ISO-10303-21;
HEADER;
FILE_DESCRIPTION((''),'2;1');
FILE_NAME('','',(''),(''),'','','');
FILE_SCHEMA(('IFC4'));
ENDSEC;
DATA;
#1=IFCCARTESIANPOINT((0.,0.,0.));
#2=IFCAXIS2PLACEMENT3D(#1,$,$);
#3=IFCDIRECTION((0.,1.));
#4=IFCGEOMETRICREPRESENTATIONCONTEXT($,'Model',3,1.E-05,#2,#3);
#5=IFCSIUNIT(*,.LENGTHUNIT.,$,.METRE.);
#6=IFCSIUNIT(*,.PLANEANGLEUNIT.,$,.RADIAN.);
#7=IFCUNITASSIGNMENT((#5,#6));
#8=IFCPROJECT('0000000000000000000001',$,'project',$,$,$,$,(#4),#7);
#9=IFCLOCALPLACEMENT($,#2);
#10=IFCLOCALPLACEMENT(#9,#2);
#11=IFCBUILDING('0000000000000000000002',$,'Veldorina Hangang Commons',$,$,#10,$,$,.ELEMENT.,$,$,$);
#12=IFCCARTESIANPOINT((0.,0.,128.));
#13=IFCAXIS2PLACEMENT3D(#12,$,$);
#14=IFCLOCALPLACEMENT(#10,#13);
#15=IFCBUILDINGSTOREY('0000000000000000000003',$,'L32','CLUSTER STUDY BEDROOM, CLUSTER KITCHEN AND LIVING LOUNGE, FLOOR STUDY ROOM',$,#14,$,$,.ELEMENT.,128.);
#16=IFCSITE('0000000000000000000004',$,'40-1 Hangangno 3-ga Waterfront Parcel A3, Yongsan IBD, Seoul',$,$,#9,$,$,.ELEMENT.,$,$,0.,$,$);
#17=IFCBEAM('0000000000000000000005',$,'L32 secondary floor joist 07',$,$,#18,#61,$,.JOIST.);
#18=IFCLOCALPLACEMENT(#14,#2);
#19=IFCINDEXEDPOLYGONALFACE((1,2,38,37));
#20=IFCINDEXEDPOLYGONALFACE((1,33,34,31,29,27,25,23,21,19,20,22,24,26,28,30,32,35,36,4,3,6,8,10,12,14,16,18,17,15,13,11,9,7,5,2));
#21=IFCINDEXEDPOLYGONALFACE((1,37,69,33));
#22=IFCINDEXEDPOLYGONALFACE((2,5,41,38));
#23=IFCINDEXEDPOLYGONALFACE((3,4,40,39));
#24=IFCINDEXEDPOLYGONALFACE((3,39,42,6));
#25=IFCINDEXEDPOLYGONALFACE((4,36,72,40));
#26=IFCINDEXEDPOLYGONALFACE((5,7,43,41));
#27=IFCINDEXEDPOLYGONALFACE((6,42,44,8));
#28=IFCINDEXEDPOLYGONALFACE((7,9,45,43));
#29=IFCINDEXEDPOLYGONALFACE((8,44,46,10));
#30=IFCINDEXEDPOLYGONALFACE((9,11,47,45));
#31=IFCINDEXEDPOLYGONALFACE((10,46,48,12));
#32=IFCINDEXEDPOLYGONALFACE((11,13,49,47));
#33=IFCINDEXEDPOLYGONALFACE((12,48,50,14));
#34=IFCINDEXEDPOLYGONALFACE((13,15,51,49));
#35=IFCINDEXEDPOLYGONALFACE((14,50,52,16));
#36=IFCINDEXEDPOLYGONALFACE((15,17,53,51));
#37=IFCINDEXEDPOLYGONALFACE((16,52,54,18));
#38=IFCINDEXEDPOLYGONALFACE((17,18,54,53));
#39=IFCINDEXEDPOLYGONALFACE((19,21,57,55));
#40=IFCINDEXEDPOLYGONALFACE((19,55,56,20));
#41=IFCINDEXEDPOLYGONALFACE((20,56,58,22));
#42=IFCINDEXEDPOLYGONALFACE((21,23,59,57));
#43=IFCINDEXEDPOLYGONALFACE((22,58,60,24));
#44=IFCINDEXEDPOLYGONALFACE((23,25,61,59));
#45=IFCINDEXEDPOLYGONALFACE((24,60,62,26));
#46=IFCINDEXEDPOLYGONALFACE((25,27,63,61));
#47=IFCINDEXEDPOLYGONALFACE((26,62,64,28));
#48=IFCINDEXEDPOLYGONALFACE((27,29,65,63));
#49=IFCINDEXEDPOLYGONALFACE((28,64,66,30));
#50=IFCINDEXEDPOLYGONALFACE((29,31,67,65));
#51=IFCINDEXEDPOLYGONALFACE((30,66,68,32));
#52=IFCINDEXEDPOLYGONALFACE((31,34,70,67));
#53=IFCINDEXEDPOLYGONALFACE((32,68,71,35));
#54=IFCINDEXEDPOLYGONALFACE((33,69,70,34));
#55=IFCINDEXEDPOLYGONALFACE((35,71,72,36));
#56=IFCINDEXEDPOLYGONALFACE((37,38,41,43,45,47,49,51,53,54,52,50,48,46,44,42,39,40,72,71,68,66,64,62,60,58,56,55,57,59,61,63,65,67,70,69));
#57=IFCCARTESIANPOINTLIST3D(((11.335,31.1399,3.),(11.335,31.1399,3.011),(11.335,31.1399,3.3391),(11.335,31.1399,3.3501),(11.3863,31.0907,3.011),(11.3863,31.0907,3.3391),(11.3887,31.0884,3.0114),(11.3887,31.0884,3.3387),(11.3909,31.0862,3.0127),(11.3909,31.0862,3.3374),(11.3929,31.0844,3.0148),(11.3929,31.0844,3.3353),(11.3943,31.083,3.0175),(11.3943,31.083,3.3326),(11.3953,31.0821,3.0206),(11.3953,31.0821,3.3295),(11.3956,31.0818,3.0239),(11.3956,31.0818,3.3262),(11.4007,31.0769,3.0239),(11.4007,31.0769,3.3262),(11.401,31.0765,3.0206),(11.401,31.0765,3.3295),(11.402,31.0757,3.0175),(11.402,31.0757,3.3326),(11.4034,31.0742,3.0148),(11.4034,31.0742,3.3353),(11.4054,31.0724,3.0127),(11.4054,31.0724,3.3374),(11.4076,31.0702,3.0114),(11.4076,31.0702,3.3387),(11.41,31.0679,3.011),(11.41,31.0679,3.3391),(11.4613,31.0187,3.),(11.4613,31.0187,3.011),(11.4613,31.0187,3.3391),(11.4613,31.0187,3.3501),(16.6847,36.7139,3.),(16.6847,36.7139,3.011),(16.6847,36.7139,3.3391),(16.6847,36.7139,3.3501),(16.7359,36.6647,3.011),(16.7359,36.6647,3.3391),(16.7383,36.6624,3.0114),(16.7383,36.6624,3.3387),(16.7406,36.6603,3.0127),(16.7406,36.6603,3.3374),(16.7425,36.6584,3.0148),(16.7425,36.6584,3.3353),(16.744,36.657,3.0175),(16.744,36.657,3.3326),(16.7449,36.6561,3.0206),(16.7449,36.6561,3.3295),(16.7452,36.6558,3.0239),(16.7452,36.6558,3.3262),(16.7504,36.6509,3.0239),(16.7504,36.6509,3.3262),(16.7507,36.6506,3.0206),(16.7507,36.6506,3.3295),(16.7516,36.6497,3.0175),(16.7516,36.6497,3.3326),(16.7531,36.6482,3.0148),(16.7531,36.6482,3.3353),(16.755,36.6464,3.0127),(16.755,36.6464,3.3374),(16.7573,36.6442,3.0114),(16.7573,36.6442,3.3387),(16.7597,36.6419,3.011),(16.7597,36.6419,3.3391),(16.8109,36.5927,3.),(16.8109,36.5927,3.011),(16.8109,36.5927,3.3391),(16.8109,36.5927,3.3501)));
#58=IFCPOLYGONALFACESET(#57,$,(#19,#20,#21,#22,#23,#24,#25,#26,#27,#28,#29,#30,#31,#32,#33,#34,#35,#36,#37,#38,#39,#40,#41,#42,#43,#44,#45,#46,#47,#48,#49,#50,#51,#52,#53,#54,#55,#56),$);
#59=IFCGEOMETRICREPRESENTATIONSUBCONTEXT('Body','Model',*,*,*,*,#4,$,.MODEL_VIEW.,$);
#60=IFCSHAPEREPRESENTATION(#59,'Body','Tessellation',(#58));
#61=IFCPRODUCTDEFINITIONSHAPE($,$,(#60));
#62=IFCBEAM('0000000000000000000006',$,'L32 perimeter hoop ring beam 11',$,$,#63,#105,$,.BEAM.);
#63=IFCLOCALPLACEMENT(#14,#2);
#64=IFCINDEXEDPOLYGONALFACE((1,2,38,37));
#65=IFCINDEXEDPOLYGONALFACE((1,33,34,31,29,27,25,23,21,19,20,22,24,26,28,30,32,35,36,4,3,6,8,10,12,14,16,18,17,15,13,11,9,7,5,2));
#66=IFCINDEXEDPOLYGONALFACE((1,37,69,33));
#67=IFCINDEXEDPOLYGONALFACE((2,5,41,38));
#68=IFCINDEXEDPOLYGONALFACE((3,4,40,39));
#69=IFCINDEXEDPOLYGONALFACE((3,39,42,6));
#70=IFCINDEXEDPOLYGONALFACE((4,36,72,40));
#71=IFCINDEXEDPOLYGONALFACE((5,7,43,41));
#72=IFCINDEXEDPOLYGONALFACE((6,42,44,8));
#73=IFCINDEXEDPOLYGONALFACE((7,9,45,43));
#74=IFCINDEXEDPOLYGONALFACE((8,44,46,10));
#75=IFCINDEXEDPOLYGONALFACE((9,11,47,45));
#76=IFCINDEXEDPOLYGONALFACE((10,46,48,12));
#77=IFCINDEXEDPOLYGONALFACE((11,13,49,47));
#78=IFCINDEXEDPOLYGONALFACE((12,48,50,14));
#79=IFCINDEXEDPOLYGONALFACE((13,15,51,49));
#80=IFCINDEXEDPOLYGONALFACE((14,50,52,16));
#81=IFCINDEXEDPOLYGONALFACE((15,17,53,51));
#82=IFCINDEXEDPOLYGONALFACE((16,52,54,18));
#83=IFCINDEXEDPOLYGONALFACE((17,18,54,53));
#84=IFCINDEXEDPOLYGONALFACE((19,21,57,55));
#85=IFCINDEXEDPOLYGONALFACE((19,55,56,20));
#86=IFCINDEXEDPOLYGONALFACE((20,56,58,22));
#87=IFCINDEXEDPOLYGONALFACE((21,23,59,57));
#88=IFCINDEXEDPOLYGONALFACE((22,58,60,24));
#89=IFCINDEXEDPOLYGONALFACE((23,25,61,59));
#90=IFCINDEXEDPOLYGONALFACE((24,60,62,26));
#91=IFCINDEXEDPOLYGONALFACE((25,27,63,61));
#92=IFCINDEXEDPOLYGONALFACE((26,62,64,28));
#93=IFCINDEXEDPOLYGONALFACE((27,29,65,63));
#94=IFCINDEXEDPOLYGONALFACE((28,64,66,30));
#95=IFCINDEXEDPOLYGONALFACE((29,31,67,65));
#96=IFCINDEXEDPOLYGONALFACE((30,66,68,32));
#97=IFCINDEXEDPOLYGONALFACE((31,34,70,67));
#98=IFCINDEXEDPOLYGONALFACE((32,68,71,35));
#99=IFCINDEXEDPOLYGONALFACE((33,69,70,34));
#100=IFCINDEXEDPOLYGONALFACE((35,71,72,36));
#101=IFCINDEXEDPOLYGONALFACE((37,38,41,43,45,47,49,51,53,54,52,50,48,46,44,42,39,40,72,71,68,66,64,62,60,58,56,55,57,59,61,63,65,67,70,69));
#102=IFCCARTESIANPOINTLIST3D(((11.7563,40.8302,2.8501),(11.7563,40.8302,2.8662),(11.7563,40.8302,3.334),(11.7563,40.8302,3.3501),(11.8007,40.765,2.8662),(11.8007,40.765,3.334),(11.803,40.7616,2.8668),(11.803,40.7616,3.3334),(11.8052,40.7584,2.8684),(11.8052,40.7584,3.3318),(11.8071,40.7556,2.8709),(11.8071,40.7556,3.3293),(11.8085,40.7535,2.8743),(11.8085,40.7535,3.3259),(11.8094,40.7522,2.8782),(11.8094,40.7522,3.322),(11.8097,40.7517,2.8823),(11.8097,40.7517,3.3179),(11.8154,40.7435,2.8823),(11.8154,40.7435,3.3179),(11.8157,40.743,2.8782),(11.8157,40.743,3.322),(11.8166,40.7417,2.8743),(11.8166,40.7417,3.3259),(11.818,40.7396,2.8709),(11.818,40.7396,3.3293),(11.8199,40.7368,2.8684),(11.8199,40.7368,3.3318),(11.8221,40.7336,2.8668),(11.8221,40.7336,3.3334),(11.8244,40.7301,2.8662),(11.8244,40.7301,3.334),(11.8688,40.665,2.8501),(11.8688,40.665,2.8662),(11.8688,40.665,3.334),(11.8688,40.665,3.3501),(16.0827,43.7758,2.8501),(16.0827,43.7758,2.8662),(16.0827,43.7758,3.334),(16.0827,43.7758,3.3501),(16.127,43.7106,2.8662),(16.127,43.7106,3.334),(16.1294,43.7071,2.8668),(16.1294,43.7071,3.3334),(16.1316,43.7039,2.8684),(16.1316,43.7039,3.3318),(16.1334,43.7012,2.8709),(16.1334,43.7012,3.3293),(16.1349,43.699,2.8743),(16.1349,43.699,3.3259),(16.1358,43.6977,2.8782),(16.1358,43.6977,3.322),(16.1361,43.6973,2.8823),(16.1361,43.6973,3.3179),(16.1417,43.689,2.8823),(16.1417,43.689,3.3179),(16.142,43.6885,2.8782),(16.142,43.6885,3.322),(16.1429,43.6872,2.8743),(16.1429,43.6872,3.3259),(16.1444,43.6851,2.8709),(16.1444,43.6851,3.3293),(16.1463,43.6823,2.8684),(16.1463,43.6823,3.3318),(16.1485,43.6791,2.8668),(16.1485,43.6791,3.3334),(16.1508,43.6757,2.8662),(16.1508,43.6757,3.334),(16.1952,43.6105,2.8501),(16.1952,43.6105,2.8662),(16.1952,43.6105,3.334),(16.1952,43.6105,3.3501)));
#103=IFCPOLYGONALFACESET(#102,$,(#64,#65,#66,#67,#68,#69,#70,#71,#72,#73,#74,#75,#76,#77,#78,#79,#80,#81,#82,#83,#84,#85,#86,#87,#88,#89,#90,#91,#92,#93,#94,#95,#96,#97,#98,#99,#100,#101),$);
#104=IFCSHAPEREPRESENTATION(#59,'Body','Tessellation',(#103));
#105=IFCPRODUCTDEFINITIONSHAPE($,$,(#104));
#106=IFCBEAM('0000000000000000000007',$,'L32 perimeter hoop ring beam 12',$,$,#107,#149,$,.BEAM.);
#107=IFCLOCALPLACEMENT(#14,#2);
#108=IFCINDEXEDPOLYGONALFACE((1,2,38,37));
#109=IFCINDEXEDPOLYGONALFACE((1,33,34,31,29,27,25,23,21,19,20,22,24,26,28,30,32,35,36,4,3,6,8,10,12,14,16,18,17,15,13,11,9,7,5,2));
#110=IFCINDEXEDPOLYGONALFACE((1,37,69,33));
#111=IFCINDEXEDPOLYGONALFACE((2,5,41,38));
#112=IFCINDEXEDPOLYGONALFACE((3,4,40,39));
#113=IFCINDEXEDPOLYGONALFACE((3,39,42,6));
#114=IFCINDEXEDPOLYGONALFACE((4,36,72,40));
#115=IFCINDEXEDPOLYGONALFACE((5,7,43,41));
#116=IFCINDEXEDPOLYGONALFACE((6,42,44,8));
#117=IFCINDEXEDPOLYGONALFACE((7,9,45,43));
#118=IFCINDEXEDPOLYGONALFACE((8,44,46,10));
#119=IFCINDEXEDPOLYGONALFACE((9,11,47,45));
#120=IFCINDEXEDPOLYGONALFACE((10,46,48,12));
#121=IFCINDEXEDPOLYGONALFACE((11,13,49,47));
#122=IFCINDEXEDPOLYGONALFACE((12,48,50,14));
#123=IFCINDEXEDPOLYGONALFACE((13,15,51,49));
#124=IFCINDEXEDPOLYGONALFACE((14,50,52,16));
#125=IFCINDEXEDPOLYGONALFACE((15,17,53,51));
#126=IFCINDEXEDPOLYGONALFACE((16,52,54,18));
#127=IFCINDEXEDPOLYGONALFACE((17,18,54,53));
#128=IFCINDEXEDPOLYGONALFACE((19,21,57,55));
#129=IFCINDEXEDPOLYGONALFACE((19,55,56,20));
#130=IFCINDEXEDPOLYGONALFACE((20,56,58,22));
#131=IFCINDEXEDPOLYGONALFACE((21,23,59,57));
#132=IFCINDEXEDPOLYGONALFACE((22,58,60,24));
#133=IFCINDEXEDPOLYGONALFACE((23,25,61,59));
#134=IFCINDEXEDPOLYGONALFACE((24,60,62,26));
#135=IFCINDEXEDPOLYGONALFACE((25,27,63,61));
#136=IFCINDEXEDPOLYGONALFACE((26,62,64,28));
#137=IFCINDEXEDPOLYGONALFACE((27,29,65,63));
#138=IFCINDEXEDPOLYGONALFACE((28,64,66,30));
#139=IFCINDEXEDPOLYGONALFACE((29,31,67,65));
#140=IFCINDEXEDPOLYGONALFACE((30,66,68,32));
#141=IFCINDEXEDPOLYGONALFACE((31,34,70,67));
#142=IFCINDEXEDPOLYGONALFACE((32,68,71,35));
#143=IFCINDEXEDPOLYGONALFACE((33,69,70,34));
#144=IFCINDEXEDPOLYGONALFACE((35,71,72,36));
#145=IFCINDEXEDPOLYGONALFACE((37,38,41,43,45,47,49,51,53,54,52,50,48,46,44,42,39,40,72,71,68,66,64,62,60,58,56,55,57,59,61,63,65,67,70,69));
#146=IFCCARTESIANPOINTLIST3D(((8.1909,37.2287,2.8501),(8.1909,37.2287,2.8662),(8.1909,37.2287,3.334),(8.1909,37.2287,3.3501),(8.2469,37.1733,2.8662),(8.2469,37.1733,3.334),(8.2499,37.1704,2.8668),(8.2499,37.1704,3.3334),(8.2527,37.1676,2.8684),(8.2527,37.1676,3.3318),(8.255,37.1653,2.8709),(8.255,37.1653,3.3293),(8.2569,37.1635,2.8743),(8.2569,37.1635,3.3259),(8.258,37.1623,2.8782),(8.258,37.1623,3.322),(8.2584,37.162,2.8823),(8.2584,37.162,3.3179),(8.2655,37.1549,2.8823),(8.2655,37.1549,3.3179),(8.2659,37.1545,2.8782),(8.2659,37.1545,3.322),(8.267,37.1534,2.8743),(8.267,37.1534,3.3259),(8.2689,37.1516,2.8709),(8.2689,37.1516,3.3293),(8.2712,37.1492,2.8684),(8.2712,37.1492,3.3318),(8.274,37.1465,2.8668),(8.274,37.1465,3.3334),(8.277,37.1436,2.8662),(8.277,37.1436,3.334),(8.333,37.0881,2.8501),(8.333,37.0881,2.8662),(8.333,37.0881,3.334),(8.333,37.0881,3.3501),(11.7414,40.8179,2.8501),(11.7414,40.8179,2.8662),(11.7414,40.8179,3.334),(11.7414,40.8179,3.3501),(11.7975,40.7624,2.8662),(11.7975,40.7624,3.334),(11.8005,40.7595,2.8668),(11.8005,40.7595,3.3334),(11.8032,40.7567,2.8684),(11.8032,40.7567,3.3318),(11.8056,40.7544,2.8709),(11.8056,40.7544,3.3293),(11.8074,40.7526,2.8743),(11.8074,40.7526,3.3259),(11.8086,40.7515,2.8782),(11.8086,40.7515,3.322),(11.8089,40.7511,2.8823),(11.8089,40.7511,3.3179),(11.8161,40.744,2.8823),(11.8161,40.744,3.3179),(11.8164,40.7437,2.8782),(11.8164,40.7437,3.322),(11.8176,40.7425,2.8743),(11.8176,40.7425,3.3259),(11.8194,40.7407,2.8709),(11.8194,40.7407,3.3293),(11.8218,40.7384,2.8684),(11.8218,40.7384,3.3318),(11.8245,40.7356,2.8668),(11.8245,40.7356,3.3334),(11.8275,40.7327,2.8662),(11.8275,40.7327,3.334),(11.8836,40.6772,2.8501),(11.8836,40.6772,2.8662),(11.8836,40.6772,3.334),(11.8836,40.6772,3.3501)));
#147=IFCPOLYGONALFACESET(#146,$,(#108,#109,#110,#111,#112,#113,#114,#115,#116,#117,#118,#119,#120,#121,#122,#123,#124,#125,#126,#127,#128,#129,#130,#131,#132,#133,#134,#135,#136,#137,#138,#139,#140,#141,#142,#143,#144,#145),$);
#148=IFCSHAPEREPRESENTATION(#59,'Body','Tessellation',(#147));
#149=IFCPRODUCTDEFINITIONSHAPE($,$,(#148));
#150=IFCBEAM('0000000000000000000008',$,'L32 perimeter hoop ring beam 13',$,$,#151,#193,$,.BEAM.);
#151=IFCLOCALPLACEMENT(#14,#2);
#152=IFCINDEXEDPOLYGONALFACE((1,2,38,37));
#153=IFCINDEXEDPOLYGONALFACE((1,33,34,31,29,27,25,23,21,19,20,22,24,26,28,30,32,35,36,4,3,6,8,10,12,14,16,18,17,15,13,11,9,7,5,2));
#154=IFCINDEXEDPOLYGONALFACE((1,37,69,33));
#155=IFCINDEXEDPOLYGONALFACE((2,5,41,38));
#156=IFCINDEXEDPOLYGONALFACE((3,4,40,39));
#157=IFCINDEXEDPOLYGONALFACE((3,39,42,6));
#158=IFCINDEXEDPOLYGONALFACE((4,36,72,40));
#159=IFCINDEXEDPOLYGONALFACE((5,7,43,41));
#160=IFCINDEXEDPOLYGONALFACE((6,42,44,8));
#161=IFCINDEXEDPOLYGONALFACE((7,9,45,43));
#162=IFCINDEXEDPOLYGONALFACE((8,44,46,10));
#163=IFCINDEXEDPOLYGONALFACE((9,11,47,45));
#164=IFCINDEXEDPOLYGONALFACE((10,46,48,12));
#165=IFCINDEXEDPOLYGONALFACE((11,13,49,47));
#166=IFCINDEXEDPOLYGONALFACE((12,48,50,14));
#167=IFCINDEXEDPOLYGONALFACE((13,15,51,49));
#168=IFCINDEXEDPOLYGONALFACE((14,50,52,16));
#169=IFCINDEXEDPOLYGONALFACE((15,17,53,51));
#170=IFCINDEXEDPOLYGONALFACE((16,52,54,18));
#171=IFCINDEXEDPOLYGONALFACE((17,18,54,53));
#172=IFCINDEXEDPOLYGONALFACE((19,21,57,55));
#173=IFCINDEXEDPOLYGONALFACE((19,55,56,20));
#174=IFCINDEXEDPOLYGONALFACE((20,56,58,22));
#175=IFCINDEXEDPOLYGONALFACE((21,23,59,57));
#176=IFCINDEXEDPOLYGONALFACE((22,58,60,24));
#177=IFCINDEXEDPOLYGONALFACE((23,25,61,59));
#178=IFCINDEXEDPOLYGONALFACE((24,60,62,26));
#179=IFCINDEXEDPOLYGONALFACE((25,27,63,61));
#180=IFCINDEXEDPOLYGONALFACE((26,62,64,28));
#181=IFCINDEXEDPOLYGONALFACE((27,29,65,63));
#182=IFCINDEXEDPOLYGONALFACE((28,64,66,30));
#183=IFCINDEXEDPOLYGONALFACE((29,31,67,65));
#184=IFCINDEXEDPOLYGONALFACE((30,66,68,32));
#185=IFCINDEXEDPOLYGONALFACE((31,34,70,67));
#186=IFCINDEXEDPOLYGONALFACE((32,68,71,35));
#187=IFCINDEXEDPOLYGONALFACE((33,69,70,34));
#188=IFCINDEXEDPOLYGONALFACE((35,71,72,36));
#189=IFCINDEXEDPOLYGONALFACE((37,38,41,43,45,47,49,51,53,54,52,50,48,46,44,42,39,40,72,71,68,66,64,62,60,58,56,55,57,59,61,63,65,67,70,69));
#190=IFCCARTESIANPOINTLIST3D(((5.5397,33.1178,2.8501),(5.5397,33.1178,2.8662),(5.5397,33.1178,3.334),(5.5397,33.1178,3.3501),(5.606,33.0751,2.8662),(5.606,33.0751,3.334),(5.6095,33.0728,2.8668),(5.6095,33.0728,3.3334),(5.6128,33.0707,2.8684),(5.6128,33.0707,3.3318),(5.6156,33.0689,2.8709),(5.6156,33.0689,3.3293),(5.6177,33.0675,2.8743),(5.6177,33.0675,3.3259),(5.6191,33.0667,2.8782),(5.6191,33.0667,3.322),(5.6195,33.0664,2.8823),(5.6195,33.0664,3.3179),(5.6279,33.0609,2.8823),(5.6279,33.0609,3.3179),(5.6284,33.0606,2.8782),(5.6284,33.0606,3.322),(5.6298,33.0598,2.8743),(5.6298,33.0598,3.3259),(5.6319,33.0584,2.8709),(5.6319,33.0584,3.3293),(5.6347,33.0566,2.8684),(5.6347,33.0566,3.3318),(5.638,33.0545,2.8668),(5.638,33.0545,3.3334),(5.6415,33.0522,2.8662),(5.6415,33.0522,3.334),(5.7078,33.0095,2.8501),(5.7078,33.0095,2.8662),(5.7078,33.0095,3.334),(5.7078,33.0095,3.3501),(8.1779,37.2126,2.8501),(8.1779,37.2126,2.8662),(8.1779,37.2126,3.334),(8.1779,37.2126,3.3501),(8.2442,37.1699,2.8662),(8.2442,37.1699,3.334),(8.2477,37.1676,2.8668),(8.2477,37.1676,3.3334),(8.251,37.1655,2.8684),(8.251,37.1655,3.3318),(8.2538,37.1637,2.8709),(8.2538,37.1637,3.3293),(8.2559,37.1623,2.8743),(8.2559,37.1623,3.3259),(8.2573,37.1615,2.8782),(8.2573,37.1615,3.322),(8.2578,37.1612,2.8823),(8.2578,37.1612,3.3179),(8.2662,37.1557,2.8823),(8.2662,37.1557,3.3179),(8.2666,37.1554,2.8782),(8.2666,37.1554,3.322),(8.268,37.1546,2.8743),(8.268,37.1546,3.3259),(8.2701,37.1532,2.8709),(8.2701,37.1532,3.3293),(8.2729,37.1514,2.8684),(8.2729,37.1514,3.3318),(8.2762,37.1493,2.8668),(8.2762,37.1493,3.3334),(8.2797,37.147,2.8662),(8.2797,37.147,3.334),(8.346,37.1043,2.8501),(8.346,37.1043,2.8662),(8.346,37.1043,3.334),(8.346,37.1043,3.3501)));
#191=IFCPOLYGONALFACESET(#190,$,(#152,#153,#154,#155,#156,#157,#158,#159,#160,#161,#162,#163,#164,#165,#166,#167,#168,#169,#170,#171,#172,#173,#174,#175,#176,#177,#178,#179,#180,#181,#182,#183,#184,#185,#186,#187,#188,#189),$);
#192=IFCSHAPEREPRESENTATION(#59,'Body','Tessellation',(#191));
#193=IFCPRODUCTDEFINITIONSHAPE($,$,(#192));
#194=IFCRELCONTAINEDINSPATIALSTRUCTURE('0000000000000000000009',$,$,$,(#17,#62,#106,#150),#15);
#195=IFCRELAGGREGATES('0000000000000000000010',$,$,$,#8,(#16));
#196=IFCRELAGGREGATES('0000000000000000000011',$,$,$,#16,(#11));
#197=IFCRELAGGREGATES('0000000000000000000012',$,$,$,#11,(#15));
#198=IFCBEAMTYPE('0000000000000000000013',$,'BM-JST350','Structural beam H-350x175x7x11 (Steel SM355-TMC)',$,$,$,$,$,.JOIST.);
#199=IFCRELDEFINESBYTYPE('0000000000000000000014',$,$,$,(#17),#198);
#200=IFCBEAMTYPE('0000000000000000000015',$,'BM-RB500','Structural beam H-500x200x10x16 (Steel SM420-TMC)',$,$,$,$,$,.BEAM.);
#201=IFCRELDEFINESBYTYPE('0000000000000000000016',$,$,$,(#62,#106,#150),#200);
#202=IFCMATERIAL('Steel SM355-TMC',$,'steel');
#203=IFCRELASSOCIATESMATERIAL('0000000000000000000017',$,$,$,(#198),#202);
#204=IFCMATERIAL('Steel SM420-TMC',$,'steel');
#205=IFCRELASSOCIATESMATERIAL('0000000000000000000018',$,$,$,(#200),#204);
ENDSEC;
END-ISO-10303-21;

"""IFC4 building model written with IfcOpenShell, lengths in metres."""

from ifc_helpers import new_model, si_unit, direction, frame, origin, origin_2d, place, context, subcontext, project, spatial, i_section, extrude, material, material_profile, profile_set, type_object, element, save


model = new_model("IFC4")

# Units and contexts
model_context = context("Model", 3, precision=1e-05, world=origin(), true_north=direction((0.0, 1.0)))
body_context = subcontext(model_context, "Body", "Model", "MODEL_VIEW")
ifc_project = project(units=[si_unit("LENGTHUNIT", "METRE"), si_unit("PLANEANGLEUNIT", "RADIAN")], contexts=[model_context])

# Site, building, storey
site_placement = place(None, origin())
site = spatial("IfcSite", under=ifc_project, at=site_placement, Name="40-1 Hangangno 3-ga Waterfront Parcel A3, Yongsan IBD, Seoul", CompositionType="ELEMENT", RefElevation=0.0)
building_placement = place(site_placement, origin())
building = spatial("IfcBuilding", under=site, at=building_placement, Name="Veldorina Hangang Commons", CompositionType="ELEMENT")
storey_placement = place(building_placement, frame((0.0, 0.0, 128.0)))
storey = spatial("IfcBuildingStorey", under=building, at=storey_placement, Name="L32", Description="CLUSTER STUDY BEDROOM, CLUSTER KITCHEN AND LIVING LOUNGE, FLOOR STUDY ROOM", CompositionType="ELEMENT", Elevation=128.0)

# Beams
ifc_material_1 = material(Name="Steel SM355-TMC", Category="steel")
ifc_material_profile_1 = material_profile(ifc_material_1, i_section(OverallWidth=0.175, OverallDepth=0.3501, WebThickness=0.0071, FlangeThickness=0.011, FilletRadius=0.0129, at=origin_2d()), Name="H-350x175x7x11")
ifc_profile_set_1 = profile_set([ifc_material_profile_1], Name="Steel SM355-TMC")
beam_type_1 = type_object("IfcBeamType", Name="BM-JST350", Description="Structural beam H-350x175x7x11 (Steel SM355-TMC)", PredefinedType="JOIST", material=ifc_profile_set_1)
beam_1_placement = place(storey_placement, frame((16.7478, 36.6533, 3.175), z_axis=(-0.692437, -0.721478, 0.0), x_axis=(0.721478, -0.692437, 0.0)))
element("IfcBeam", 1, at=beam_1_placement, inside=storey, type_object=beam_type_1, Name="L32 secondary floor joist 07", PredefinedType="JOIST", context=body_context, shape_type="SweptSolid", body=[
    extrude(i_section(OverallWidth=0.175, OverallDepth=0.3501, WebThickness=0.0071, FlangeThickness=0.011, FilletRadius=0.0129, at=origin_2d()), origin(), (0.0, 0.0, 1.0), 7.7258),
])
ifc_material_2 = material(Name="Steel SM420-TMC", Category="steel")
ifc_material_profile_2 = material_profile(ifc_material_2, i_section(OverallWidth=0.2, OverallDepth=0.5, WebThickness=0.01, FlangeThickness=0.0161, FilletRadius=0.0161, at=origin_2d()), Name="H-500x200x10x16")
ifc_profile_set_2 = profile_set([ifc_material_profile_2], Name="Steel SM420-TMC")
beam_type_2 = type_object("IfcBeamType", Name="BM-RB500", Description="Structural beam H-500x200x10x16 (Steel SM420-TMC)", PredefinedType="BEAM", material=ifc_profile_set_2)
beam_2_placement = place(storey_placement, frame((16.1389, 43.6931, 3.1001), z_axis=(-0.826607, -0.562779, 0.0), x_axis=(0.562779, -0.826607, 0.0)))
element("IfcBeam", 2, at=beam_2_placement, inside=storey, type_object=beam_type_2, Name="L32 perimeter hoop ring beam 11", PredefinedType="BEAM", context=body_context, shape_type="SweptSolid", body=[
    extrude(i_section(OverallWidth=0.2, OverallDepth=0.5, WebThickness=0.01, FlangeThickness=0.0161, FilletRadius=0.0161, at=origin_2d()), origin(), (0.0, 0.0, 1.0), 5.2339),
])
beam_3_placement = place(storey_placement, frame((11.8125, 40.7476, 3.1001), z_axis=(-0.703276, -0.710917, 0.0), x_axis=(0.710917, -0.703276, 0.0)))
element("IfcBeam", 3, at=beam_3_placement, inside=storey, type_object=beam_type_2, Name="L32 perimeter hoop ring beam 12", PredefinedType="BEAM", context=body_context, shape_type="SweptSolid", body=[
    extrude(i_section(OverallWidth=0.2, OverallDepth=0.5, WebThickness=0.01, FlangeThickness=0.0161, FilletRadius=0.0161, at=origin_2d()), origin(), (0.0, 0.0, 1.0), 5.0486),
])
beam_4_placement = place(storey_placement, frame((8.262, 37.1584, 3.1001), z_axis=(-0.541608, -0.840631, 0.0), x_axis=(0.840631, -0.541608, 0.0)))
element("IfcBeam", 4, at=beam_4_placement, inside=storey, type_object=beam_type_2, Name="L32 perimeter hoop ring beam 13", PredefinedType="BEAM", context=body_context, shape_type="SweptSolid", body=[
    extrude(i_section(OverallWidth=0.2, OverallDepth=0.5, WebThickness=0.01, FlangeThickness=0.0161, FilletRadius=0.0161, at=origin_2d()), origin(), (0.0, 0.0, 1.0), 4.8711),
])

save(model, "model.ifc")
